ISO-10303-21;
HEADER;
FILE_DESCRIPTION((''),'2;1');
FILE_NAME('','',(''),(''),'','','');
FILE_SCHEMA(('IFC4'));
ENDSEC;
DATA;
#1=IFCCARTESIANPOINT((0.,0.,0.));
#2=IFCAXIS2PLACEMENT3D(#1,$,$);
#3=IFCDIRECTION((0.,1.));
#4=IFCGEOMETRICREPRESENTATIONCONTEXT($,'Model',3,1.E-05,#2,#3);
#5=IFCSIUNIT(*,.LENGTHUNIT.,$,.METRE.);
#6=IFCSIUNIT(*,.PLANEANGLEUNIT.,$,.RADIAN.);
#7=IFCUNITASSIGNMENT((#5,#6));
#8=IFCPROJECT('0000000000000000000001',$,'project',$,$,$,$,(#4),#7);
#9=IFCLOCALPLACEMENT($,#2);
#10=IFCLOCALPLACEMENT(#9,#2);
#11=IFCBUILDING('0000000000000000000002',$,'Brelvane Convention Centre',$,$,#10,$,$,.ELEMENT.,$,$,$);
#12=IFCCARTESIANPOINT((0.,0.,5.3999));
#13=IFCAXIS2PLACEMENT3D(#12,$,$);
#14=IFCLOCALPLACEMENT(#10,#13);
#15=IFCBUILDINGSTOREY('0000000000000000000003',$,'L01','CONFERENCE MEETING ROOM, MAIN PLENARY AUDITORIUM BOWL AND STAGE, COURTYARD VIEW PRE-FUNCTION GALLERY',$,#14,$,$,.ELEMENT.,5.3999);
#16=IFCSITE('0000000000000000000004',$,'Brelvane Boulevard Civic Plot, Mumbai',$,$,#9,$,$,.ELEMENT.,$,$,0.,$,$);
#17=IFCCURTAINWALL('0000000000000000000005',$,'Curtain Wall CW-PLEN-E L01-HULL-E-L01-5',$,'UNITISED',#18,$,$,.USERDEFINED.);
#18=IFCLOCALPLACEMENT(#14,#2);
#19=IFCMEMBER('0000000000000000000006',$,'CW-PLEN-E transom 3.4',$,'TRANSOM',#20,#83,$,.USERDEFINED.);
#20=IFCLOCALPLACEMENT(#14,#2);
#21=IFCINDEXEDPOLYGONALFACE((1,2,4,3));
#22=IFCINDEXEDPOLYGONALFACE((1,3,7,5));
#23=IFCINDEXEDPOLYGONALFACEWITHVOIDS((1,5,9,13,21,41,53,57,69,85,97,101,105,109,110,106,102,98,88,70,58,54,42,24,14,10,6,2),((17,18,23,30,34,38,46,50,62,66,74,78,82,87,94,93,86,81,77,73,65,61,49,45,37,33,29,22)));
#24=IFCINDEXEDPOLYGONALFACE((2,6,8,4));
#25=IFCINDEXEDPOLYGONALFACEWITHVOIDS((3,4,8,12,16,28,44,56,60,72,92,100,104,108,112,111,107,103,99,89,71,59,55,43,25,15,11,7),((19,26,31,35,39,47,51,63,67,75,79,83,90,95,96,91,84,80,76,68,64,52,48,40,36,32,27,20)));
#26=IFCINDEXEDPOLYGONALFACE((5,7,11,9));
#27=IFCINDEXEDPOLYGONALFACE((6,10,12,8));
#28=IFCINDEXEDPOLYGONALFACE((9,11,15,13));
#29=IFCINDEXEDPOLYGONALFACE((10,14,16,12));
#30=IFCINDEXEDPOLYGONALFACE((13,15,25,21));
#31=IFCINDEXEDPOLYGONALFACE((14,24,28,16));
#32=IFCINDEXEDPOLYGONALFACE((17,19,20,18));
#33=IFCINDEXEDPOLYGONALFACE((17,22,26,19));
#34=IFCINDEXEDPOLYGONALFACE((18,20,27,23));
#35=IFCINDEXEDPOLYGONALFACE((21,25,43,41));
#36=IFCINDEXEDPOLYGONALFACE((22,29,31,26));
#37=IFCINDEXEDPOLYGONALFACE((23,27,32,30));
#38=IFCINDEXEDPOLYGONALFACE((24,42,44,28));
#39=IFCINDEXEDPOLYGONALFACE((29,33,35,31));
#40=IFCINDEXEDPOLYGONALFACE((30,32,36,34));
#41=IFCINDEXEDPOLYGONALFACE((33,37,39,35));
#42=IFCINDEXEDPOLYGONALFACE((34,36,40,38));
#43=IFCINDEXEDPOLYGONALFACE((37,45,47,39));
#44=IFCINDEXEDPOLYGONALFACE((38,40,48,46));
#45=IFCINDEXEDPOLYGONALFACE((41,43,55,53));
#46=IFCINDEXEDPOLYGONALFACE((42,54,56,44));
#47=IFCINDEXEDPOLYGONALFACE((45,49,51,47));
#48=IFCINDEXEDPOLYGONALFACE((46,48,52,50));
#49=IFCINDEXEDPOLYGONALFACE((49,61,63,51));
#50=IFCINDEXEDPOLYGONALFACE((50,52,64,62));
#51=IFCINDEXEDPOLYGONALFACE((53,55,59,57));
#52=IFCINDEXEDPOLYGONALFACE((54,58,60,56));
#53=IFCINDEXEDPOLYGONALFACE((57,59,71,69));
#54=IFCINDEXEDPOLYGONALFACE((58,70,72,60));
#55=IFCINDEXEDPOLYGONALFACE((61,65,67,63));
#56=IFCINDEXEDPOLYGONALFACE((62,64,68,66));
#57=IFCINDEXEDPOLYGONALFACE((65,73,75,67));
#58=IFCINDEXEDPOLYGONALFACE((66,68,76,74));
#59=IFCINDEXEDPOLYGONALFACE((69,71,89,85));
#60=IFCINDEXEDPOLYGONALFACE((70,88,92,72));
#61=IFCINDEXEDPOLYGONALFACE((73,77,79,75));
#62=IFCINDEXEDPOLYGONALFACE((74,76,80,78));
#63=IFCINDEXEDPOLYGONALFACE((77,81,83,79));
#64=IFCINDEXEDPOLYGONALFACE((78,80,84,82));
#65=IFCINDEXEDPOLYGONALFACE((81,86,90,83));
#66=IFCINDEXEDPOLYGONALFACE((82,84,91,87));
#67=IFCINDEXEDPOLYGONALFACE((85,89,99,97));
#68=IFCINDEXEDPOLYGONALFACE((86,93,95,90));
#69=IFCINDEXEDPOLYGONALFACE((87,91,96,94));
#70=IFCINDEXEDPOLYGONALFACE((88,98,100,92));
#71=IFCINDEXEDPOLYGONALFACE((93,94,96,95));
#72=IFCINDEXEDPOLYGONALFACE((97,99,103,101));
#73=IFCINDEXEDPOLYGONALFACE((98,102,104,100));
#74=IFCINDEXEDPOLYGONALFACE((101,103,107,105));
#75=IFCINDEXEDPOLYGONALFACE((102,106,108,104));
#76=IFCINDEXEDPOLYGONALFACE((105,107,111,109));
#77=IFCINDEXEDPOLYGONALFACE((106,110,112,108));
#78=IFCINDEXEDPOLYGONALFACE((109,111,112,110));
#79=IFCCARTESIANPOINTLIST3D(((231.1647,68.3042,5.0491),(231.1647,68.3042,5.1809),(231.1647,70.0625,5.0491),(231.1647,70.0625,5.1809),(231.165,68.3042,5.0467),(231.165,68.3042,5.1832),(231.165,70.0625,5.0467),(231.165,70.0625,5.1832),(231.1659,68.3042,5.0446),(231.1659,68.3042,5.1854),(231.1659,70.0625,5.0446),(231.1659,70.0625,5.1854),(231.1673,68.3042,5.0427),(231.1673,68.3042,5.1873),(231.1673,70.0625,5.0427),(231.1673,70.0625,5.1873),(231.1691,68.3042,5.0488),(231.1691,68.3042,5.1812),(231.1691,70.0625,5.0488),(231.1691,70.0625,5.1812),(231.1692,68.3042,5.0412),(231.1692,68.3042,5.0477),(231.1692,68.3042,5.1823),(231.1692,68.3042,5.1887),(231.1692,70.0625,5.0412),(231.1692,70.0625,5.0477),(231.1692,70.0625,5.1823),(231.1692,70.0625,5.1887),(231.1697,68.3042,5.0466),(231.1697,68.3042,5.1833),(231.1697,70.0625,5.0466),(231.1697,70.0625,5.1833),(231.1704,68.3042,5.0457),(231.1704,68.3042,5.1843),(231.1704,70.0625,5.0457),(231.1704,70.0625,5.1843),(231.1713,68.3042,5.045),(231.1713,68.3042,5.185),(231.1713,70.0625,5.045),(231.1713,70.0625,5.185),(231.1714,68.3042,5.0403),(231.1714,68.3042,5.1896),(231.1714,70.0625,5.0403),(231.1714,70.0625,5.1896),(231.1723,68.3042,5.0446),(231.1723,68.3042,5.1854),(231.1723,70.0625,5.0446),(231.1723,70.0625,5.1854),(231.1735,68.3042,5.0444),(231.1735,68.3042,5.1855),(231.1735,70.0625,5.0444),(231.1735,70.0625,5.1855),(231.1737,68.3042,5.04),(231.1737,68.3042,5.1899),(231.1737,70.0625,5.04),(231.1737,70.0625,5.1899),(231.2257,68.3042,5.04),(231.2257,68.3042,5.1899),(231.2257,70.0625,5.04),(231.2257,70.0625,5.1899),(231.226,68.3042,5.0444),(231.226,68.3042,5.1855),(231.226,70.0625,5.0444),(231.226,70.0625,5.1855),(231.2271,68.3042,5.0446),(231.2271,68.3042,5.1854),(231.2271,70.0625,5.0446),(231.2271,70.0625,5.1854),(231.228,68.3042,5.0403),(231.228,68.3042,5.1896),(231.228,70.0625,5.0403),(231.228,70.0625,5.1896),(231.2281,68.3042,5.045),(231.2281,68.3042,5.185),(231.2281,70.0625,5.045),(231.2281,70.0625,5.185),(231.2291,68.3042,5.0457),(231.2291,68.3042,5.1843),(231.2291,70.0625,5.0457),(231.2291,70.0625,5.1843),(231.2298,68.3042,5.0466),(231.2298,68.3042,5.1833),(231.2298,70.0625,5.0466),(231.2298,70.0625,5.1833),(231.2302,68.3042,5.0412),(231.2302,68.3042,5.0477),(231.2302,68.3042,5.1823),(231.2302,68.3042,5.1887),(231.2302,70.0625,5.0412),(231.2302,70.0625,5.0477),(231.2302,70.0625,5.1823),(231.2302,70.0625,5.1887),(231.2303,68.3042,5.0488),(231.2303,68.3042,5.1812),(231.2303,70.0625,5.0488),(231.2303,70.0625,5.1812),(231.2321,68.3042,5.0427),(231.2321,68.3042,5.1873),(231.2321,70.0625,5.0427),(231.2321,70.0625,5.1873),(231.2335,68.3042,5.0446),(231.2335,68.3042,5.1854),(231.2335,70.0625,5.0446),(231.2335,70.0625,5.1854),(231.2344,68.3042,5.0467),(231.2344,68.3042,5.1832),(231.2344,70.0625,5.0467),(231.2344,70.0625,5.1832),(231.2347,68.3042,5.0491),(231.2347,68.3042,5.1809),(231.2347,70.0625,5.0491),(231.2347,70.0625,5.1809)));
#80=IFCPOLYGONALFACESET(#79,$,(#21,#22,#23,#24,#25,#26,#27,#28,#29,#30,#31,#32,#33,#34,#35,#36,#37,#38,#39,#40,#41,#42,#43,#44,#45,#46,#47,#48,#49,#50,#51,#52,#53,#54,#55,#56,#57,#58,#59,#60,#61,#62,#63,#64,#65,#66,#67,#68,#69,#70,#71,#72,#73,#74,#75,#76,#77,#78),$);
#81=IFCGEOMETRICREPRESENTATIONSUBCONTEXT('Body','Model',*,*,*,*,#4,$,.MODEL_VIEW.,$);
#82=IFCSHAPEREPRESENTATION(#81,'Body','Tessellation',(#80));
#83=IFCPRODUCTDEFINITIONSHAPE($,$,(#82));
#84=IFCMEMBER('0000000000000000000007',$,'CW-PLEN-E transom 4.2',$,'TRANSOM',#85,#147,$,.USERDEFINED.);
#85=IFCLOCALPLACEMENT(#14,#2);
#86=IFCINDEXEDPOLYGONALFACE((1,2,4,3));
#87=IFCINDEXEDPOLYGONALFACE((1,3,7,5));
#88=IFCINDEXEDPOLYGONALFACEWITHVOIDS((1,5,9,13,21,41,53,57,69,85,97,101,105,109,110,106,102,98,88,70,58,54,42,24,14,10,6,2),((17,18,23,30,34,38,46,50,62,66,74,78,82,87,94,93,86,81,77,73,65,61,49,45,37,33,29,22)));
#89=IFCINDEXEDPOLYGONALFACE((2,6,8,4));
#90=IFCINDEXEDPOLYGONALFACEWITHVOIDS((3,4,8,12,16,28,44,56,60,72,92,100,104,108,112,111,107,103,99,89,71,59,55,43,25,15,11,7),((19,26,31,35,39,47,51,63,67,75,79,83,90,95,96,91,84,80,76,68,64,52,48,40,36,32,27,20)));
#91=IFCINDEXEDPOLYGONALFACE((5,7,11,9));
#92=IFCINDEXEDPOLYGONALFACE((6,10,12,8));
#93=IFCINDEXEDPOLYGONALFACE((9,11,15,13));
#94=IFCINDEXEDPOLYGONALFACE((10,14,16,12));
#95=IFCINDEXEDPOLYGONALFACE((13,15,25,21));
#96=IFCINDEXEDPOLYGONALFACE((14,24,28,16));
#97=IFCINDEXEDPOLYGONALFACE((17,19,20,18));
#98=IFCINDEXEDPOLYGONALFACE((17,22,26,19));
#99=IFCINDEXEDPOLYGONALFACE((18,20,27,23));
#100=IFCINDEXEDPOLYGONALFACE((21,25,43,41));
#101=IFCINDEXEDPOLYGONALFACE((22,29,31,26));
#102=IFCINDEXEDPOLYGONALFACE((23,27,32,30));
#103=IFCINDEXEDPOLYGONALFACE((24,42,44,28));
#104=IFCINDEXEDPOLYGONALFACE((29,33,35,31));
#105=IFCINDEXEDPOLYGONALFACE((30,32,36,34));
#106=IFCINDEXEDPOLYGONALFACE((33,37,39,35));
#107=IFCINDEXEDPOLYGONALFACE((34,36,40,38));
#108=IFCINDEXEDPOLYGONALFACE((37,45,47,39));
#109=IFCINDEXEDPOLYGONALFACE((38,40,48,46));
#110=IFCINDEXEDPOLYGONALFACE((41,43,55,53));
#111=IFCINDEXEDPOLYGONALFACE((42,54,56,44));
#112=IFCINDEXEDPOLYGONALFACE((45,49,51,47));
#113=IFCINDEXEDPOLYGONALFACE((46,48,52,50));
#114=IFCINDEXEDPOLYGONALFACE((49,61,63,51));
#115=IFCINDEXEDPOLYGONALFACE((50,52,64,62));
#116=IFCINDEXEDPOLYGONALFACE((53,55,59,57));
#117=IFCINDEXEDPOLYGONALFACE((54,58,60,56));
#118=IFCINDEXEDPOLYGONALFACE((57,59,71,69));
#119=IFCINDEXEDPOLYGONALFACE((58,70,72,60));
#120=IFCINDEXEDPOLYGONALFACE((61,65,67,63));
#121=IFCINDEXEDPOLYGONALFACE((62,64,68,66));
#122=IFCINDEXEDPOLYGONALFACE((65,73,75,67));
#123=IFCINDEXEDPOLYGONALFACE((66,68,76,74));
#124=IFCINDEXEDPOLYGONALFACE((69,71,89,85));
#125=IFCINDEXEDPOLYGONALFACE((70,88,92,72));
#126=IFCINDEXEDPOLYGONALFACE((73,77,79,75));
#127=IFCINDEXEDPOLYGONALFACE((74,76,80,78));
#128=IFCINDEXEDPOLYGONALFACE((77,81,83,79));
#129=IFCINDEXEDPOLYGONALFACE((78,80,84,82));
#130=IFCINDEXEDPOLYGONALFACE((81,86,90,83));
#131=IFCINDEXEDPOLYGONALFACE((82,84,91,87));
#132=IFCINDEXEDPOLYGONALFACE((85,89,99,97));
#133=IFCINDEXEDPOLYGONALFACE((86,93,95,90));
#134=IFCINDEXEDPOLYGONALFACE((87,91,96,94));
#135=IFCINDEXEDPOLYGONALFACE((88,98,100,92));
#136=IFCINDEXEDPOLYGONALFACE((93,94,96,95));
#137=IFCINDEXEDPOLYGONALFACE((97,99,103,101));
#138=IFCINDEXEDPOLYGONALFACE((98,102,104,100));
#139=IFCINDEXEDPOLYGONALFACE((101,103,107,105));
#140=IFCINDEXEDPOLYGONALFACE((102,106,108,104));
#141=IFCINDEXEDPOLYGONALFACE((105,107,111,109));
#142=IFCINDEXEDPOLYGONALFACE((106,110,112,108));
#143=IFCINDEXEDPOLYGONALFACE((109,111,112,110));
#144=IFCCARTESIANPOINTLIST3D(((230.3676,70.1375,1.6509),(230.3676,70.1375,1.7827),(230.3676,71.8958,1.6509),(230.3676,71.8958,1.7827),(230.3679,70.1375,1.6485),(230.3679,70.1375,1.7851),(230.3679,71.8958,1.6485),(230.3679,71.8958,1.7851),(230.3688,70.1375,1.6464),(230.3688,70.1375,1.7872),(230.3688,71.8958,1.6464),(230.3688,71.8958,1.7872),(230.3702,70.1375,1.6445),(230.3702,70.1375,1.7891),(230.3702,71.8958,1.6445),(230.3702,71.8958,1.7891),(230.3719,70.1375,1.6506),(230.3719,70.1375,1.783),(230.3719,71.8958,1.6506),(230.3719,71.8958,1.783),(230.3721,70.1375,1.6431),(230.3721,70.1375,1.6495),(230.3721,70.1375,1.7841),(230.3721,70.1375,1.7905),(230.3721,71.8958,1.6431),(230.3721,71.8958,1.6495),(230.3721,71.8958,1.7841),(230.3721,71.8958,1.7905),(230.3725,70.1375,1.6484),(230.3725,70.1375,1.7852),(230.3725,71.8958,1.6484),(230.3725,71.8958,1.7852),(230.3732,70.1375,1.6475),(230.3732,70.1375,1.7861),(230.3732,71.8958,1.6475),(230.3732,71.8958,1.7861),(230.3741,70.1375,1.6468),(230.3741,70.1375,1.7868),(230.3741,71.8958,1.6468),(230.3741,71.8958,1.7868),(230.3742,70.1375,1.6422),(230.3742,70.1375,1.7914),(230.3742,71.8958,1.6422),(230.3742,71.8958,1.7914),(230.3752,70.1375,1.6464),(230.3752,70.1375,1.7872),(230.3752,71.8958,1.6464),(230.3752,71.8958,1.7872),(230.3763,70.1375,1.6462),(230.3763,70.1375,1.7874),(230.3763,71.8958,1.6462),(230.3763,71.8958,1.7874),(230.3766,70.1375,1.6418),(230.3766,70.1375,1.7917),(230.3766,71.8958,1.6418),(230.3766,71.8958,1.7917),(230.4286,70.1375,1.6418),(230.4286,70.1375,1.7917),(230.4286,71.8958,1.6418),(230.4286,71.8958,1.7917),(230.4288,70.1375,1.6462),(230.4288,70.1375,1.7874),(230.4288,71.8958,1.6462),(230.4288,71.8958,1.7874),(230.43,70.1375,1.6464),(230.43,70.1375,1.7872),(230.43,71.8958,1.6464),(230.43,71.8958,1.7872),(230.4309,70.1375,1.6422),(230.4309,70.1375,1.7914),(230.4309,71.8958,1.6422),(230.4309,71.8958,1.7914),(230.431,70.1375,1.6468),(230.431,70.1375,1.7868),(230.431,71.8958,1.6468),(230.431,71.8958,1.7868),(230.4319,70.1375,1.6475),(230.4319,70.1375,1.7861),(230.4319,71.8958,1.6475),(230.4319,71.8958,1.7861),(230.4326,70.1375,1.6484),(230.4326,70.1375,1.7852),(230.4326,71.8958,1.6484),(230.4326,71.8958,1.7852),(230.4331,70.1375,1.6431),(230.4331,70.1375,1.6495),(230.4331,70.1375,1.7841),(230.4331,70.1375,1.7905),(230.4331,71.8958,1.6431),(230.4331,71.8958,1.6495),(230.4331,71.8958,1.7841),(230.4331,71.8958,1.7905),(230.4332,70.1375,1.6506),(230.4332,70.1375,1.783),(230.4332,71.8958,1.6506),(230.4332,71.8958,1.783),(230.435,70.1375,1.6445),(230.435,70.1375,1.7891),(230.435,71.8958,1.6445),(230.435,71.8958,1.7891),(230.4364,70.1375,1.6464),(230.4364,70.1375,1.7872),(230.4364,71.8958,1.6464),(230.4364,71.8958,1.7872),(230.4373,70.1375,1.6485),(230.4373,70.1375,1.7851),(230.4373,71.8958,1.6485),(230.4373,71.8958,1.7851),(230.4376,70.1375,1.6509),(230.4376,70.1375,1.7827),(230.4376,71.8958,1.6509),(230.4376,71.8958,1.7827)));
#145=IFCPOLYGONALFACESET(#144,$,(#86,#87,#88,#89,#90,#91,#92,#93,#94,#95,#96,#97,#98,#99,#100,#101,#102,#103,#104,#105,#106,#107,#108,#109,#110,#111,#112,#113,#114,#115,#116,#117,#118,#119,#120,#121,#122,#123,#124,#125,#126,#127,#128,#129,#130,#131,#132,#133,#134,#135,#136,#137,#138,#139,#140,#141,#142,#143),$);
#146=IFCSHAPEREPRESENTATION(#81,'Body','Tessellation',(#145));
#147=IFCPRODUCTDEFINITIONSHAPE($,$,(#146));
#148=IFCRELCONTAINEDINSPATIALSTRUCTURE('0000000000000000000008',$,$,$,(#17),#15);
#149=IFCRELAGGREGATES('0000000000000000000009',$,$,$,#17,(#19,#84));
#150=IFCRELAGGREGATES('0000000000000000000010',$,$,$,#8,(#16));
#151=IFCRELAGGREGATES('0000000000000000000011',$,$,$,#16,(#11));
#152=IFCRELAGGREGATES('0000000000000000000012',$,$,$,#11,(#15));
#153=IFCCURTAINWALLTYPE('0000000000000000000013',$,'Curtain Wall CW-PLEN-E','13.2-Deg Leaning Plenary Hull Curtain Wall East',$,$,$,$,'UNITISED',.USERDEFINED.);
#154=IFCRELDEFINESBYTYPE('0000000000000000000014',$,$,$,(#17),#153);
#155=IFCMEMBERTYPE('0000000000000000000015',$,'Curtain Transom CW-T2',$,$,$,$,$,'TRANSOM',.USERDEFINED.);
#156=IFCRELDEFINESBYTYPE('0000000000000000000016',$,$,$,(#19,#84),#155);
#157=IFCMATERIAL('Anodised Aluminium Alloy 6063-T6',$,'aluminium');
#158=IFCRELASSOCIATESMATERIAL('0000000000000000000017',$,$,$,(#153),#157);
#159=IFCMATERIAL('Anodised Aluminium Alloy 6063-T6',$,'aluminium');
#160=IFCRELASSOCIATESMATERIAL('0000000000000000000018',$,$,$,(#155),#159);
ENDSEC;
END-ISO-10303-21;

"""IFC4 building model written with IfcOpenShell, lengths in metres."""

from ifc_helpers import new_model, si_unit, direction, frame, origin, origin_2d, place, context, subcontext, project, spatial, hollow_rectangle, extrude, material, material_profile, profile_set, type_object, element, aggregate, save


model = new_model("IFC4")

# Units and contexts
model_context = context("Model", 3, precision=1e-05, world=origin(), true_north=direction((0.0, 1.0)))
body_context = subcontext(model_context, "Body", "Model", "MODEL_VIEW")
ifc_project = project(units=[si_unit("LENGTHUNIT", "METRE"), si_unit("PLANEANGLEUNIT", "RADIAN")], contexts=[model_context])

# Site, building, storey
site_placement = place(None, origin())
site = spatial("IfcSite", under=ifc_project, at=site_placement, Name="Brelvane Boulevard Civic Plot, Mumbai", CompositionType="ELEMENT", RefElevation=0.0)
building_placement = place(site_placement, origin())
building = spatial("IfcBuilding", under=site, at=building_placement, Name="Brelvane Convention Centre", CompositionType="ELEMENT")
storey_placement = place(building_placement, frame((0.0, 0.0, 5.3999)))
storey = spatial("IfcBuildingStorey", under=building, at=storey_placement, Name="L01", Description="CONFERENCE MEETING ROOM, MAIN PLENARY AUDITORIUM BOWL AND STAGE, COURTYARD VIEW PRE-FUNCTION GALLERY", CompositionType="ELEMENT", Elevation=5.3999)

# Curtain wall, members
ifc_material_1 = material(Name="Anodised Aluminium Alloy 6063-T6", Category="aluminium")
curtain_wall_type = type_object("IfcCurtainWallType", Name="Curtain Wall CW-PLEN-E", Description="13.2-Deg Leaning Plenary Hull Curtain Wall East", ElementType="UNITISED", PredefinedType="USERDEFINED", material=ifc_material_1)
curtain_wall_placement = place(storey_placement, origin())
curtain_wall = element("IfcCurtainWall", 1, at=curtain_wall_placement, inside=storey, type_object=curtain_wall_type, Name="Curtain Wall CW-PLEN-E L01-HULL-E-L01-5", ObjectType="UNITISED", PredefinedType="USERDEFINED")
ifc_material_2 = material(Name="Anodised Aluminium Alloy 6063-T6", Category="aluminium")
ifc_material_profile = material_profile(ifc_material_2, hollow_rectangle(XDim=0.0701, YDim=0.1499, WallThickness=0.0044, InnerFilletRadius=0.0044, OuterFilletRadius=0.009, at=origin_2d()), Name="ALU-T 150x70x4.5")
ifc_profile_set = profile_set([ifc_material_profile], Name="Anodised Aluminium Alloy 6063-T6")
member_type = type_object("IfcMemberType", Name="Curtain Transom CW-T2", ElementType="TRANSOM", PredefinedType="USERDEFINED", material=ifc_profile_set)
member_1_placement = place(storey_placement, frame((231.1997, 68.3042, 5.115), z_axis=(0.0, 1.0, 0.0), x_axis=(-1.0, 0.0, 0.0)))
member_1 = element("IfcMember", 2, at=member_1_placement, type_object=member_type, Name="CW-PLEN-E transom 3.4", ObjectType="TRANSOM", PredefinedType="USERDEFINED", context=body_context, shape_type="SweptSolid", body=[
    extrude(hollow_rectangle(XDim=0.0701, YDim=0.1499, WallThickness=0.0044, InnerFilletRadius=0.0044, OuterFilletRadius=0.009, at=origin_2d()), origin(), (0.0, 0.0, 1.0), 1.7583),
])
member_2_placement = place(storey_placement, frame((230.4026, 70.1375, 1.7168), z_axis=(0.0, 1.0, 0.0), x_axis=(-1.0, 0.0, 0.0)))
member_2 = element("IfcMember", 3, at=member_2_placement, type_object=member_type, Name="CW-PLEN-E transom 4.2", ObjectType="TRANSOM", PredefinedType="USERDEFINED", context=body_context, shape_type="SweptSolid", body=[
    extrude(hollow_rectangle(XDim=0.0701, YDim=0.1499, WallThickness=0.0044, InnerFilletRadius=0.0044, OuterFilletRadius=0.009, at=origin_2d()), origin(), (0.0, 0.0, 1.0), 1.7583),
])
aggregate(curtain_wall, [member_1, member_2])

save(model, "model.ifc")
